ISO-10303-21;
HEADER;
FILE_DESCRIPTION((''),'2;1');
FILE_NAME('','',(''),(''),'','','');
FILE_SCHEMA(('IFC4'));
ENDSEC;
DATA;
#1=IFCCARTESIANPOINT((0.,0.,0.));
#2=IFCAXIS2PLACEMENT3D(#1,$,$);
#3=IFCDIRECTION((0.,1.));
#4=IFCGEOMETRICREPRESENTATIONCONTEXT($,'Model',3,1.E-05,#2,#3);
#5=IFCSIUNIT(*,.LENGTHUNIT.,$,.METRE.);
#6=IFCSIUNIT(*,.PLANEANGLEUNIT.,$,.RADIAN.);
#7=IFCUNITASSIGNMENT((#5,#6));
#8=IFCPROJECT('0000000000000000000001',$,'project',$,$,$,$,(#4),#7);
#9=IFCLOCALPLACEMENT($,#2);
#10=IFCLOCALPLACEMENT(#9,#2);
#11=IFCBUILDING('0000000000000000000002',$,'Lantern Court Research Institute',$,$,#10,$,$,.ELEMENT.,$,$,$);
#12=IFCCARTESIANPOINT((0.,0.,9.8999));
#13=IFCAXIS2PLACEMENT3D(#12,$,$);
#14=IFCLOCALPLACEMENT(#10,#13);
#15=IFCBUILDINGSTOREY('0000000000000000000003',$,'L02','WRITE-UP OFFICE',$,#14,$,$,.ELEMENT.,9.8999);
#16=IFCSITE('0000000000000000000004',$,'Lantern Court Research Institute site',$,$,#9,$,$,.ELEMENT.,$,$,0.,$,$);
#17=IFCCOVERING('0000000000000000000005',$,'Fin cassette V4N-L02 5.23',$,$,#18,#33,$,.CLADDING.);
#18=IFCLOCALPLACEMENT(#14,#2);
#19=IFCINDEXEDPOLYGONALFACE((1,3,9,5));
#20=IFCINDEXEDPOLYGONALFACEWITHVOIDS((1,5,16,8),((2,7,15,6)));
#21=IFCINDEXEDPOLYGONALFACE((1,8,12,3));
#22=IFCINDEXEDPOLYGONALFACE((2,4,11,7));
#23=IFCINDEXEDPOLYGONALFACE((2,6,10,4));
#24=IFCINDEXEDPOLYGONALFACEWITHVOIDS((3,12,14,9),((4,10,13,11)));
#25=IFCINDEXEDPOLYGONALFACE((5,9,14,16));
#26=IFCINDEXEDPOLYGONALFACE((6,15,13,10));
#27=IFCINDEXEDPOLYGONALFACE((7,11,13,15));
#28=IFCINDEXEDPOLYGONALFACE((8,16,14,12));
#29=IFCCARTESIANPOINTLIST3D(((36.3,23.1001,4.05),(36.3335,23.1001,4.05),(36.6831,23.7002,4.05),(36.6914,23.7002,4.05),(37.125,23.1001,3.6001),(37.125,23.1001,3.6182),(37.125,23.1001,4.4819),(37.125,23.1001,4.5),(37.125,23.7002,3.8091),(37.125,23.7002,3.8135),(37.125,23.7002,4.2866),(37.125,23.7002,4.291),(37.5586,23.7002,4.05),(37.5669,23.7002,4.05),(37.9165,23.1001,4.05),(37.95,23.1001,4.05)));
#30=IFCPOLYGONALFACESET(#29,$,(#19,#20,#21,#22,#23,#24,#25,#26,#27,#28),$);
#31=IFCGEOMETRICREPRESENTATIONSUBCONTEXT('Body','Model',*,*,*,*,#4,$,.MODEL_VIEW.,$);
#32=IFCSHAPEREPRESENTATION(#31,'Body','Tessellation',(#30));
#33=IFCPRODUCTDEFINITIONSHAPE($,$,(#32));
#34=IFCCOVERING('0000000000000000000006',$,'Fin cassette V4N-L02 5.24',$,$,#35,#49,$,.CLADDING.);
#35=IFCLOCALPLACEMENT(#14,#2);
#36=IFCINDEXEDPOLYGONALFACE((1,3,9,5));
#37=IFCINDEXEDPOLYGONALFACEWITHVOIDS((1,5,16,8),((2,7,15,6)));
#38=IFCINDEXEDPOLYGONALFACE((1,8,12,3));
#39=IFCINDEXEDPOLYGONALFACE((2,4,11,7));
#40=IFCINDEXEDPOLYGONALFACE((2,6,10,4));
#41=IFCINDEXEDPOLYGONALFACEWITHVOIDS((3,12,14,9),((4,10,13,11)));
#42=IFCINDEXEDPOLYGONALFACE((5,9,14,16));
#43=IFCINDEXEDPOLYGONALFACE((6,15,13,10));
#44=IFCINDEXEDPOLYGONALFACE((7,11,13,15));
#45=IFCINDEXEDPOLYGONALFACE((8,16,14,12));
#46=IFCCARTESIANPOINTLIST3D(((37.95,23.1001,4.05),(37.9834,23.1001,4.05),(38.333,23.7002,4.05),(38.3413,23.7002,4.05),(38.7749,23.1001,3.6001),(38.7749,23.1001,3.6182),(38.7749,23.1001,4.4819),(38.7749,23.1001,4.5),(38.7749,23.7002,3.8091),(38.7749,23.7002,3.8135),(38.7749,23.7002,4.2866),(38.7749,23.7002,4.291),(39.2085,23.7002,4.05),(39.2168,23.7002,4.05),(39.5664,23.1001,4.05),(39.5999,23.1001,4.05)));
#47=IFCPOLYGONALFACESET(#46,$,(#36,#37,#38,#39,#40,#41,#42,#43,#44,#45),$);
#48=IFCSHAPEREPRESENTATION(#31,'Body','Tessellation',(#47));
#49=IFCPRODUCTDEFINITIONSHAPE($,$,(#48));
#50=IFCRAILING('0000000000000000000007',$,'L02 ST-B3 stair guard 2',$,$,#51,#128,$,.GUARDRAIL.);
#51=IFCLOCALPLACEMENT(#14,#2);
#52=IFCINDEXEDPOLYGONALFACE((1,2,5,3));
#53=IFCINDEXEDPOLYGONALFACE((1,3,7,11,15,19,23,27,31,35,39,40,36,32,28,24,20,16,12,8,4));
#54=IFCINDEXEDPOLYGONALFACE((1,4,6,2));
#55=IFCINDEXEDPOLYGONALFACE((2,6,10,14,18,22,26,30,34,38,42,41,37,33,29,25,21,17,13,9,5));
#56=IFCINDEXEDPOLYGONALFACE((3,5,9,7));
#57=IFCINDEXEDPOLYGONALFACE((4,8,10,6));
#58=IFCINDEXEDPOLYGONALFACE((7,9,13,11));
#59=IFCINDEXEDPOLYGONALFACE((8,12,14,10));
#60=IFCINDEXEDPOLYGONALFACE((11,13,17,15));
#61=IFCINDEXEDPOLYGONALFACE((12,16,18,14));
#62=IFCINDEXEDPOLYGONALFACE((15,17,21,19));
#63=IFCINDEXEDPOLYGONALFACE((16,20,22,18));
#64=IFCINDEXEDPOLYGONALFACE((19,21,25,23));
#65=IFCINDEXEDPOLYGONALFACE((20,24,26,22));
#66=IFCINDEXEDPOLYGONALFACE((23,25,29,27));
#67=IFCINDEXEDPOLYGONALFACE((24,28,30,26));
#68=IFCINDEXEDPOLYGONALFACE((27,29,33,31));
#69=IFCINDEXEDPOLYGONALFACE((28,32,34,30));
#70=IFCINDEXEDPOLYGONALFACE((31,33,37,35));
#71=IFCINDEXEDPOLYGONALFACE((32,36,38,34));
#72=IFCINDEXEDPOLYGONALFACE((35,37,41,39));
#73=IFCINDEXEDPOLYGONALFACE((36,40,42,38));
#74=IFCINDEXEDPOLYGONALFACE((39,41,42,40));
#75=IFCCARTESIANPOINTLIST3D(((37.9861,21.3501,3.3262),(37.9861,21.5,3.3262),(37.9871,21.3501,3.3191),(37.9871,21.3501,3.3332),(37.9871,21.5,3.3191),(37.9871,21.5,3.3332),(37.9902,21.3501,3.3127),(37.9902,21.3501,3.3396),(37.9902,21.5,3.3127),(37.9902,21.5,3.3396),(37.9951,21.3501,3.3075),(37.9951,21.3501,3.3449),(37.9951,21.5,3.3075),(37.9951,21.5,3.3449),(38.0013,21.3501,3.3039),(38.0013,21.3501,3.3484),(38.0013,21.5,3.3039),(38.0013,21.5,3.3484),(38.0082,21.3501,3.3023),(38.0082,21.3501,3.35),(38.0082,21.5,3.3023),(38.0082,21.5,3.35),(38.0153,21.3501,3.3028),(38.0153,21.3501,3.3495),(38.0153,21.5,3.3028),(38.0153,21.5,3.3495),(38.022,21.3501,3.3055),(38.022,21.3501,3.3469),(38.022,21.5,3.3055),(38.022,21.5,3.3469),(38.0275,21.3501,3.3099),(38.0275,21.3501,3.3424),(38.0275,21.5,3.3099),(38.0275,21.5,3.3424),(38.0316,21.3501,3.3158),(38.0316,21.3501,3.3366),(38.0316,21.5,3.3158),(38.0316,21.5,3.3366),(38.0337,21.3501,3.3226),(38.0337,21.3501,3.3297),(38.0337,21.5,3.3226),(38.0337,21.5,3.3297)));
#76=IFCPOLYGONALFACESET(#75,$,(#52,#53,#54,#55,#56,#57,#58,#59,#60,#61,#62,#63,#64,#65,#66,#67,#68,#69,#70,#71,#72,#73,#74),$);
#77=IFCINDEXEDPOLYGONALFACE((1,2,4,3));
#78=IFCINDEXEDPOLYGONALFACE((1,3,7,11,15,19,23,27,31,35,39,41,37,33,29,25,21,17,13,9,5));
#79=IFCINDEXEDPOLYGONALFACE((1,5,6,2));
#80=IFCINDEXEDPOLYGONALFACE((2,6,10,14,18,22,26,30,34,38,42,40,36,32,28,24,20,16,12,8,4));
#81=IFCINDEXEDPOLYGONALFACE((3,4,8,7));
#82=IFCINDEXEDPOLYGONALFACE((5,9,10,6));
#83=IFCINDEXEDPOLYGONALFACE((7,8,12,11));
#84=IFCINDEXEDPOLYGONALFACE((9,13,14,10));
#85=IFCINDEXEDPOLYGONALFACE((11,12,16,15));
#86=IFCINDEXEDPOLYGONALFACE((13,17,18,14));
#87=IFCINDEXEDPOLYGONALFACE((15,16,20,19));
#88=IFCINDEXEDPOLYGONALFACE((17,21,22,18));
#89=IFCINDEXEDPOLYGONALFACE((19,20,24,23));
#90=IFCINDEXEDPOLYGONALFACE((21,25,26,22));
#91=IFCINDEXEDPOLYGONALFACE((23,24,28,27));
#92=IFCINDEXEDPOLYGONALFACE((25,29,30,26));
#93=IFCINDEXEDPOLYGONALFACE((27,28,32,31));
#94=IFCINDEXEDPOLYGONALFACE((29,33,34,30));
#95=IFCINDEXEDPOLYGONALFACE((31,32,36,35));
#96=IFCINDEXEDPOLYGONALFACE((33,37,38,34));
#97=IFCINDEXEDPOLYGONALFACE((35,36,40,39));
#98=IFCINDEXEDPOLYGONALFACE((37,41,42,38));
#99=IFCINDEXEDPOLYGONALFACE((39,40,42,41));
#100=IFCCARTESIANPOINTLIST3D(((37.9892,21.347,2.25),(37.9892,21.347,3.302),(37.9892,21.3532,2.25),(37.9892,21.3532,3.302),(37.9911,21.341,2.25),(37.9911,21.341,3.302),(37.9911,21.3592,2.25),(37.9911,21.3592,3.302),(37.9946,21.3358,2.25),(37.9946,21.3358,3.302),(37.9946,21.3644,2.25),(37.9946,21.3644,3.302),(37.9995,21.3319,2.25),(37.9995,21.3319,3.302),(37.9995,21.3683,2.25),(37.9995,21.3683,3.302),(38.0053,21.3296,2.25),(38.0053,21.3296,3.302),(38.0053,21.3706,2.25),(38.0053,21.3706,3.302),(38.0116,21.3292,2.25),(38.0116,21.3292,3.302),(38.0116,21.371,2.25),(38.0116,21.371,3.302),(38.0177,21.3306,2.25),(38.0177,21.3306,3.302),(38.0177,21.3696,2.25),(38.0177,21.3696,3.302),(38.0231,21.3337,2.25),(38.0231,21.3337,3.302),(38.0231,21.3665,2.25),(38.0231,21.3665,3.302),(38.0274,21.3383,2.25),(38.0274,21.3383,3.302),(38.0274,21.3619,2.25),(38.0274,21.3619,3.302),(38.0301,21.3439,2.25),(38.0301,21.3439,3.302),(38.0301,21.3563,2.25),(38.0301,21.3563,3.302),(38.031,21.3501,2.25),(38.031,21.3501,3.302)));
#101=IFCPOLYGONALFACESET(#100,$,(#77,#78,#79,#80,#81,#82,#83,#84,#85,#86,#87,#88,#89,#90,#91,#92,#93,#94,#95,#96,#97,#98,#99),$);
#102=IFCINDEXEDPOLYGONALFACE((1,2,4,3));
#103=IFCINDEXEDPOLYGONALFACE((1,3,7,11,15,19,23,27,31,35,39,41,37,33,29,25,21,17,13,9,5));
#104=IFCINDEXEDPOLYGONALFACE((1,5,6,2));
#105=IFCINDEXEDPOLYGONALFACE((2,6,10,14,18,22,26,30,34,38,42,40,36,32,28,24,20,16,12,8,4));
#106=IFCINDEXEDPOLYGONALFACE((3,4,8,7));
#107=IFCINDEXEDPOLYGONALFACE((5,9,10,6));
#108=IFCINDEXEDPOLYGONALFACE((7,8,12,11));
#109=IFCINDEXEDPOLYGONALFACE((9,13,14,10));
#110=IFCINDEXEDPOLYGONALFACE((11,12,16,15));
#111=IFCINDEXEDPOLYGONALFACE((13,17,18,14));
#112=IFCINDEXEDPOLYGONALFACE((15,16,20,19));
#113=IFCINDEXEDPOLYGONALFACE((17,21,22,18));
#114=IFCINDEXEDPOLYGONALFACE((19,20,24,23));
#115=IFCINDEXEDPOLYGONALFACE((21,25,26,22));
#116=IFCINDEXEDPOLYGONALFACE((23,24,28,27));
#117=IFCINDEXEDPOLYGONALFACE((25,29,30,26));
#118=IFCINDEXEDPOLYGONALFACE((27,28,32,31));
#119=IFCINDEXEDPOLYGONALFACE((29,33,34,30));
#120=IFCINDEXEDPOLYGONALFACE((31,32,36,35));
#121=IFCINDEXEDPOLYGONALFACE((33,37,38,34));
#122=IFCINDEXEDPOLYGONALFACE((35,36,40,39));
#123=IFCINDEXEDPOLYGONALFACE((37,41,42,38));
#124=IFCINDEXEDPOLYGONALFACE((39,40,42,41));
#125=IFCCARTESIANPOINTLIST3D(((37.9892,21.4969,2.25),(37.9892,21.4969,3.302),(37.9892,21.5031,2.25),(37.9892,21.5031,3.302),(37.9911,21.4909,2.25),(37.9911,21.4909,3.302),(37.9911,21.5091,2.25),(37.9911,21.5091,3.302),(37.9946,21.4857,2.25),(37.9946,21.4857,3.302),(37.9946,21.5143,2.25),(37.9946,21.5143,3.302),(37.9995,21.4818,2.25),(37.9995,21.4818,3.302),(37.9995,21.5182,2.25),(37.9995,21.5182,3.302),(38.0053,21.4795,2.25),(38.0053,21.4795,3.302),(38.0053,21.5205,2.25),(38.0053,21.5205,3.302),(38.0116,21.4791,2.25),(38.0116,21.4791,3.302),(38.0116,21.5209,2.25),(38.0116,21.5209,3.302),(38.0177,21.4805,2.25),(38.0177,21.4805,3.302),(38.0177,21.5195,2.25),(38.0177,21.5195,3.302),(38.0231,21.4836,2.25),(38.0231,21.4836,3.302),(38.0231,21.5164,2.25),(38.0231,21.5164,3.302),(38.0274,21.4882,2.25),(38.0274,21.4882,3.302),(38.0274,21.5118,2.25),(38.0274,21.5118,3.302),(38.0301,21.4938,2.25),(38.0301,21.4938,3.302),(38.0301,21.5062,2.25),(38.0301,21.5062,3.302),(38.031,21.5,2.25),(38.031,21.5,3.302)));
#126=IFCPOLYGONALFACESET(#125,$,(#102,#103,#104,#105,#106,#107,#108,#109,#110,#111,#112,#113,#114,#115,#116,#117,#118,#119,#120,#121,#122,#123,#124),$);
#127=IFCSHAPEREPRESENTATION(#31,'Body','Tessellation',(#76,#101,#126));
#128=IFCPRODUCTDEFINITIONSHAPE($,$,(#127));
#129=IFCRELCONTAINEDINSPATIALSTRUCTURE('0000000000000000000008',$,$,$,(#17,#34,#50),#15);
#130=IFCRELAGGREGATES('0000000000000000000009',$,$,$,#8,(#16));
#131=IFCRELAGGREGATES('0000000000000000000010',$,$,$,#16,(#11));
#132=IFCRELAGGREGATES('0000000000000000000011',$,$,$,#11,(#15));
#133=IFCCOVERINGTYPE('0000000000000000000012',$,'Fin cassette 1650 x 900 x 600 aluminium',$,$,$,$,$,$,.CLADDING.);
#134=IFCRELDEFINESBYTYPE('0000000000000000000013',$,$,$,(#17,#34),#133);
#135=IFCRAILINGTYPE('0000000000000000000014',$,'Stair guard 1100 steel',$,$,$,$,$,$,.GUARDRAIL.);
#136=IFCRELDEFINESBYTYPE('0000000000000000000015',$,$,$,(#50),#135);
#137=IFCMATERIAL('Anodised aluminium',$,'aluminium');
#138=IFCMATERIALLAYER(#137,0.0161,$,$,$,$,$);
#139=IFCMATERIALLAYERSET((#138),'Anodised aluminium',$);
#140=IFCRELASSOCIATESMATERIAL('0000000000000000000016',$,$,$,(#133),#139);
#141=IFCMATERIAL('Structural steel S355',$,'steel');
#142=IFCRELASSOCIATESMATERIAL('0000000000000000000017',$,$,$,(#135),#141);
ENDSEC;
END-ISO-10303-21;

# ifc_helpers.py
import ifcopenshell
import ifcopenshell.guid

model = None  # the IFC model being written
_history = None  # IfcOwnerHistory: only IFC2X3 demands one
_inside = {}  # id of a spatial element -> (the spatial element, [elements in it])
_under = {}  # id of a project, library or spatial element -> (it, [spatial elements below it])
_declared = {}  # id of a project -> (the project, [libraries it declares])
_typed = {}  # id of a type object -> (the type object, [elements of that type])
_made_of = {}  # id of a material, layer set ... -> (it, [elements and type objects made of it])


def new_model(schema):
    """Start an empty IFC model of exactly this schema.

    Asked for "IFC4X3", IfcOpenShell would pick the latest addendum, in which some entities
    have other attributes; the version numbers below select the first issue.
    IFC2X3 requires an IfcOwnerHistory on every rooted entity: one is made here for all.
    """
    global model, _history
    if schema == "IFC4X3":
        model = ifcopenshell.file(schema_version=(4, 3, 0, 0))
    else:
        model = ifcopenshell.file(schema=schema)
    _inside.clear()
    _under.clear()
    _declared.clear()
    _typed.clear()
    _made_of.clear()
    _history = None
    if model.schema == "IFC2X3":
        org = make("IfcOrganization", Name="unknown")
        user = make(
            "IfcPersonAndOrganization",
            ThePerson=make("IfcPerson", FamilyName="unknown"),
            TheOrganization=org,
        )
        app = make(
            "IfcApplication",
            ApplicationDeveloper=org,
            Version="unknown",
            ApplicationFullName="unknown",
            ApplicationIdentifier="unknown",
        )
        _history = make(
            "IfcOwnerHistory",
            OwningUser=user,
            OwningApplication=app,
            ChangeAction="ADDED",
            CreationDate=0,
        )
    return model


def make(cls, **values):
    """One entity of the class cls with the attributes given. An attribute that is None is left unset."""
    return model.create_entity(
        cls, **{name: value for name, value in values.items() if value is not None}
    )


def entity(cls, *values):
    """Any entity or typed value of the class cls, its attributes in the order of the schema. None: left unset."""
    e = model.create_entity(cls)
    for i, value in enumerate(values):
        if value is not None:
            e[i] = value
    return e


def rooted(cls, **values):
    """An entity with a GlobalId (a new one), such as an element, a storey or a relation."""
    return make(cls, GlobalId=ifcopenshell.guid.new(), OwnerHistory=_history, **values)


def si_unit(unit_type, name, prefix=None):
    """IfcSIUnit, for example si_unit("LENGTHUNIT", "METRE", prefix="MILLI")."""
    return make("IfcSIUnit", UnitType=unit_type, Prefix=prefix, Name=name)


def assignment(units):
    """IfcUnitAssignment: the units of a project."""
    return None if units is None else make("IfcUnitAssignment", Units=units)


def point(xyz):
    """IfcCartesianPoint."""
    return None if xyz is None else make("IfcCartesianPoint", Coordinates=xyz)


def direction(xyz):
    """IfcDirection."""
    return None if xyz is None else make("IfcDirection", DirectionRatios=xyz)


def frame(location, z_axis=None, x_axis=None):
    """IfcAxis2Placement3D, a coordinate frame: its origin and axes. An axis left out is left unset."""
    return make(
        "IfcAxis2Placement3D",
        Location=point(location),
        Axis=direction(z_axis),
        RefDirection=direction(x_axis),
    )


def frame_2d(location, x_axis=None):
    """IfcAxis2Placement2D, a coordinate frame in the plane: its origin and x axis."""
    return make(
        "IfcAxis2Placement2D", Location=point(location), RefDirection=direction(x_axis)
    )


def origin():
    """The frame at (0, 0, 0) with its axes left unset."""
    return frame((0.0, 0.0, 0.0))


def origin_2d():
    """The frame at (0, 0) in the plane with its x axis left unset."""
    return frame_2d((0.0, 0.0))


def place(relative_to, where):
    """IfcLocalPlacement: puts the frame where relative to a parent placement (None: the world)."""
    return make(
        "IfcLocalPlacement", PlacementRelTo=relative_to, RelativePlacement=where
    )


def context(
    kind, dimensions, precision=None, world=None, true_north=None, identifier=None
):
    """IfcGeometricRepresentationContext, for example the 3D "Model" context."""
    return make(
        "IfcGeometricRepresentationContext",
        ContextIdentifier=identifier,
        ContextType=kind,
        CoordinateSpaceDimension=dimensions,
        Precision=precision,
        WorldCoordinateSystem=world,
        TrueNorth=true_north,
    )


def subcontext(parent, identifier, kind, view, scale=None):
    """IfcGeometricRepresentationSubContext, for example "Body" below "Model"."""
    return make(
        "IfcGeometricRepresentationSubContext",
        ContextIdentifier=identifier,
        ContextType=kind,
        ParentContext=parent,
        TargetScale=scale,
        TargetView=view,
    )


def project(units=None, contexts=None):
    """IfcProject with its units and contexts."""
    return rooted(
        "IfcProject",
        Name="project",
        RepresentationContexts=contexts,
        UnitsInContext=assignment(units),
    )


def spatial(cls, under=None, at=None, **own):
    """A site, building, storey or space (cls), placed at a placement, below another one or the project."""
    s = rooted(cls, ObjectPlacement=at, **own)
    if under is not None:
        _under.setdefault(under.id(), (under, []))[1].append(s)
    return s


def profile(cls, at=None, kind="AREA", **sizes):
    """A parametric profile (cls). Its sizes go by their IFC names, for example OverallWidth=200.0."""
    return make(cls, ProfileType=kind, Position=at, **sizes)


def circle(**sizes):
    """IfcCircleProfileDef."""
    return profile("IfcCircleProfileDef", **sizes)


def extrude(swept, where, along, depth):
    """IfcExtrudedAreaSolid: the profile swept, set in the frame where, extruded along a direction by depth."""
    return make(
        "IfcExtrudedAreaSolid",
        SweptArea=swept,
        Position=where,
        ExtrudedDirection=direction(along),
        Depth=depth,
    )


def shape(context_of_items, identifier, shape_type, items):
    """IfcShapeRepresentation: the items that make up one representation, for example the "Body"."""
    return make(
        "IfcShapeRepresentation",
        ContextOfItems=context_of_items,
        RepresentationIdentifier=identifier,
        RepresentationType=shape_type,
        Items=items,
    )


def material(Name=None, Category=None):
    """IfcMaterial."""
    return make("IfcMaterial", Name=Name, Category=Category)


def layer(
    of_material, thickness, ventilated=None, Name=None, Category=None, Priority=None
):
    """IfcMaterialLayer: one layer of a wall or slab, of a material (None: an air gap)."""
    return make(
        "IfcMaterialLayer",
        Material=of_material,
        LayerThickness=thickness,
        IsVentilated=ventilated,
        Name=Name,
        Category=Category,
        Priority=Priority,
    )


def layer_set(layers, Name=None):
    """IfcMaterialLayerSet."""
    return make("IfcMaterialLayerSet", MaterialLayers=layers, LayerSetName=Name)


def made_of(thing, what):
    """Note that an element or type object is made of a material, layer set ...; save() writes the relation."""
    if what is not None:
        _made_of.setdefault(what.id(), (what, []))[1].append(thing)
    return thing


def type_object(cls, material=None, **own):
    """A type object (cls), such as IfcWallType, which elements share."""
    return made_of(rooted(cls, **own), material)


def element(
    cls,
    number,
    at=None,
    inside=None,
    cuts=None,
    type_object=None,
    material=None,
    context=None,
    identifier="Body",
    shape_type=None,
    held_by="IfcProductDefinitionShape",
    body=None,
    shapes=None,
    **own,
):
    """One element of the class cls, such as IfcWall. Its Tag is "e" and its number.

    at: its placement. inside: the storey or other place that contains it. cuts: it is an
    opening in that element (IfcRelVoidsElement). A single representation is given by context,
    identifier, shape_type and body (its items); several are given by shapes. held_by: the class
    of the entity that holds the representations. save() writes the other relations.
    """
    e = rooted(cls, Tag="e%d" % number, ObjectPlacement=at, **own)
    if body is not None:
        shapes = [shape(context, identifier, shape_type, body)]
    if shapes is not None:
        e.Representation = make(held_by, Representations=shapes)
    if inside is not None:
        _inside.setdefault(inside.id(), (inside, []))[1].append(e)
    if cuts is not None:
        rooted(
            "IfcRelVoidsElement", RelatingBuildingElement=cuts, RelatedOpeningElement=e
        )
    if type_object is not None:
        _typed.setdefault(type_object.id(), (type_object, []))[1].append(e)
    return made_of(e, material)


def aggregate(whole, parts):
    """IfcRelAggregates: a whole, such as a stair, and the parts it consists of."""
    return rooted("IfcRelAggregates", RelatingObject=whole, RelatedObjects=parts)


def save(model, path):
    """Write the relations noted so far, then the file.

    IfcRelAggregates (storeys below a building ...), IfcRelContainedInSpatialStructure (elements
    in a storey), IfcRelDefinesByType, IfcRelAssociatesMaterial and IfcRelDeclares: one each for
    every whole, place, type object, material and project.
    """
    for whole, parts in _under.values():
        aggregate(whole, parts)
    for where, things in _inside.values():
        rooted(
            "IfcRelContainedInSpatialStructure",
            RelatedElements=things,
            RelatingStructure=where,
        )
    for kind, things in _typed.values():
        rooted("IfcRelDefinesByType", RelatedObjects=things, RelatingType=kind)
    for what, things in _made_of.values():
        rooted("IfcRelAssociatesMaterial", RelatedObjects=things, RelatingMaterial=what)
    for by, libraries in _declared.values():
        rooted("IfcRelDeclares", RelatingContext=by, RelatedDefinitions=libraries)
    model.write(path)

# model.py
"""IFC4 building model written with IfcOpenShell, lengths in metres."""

from ifc_helpers import new_model, entity, si_unit, direction, frame, origin, origin_2d, place, context, subcontext, project, spatial, circle, extrude, material, layer, layer_set, type_object, element, save


model = new_model("IFC4")

# Units and contexts
model_context = context("Model", 3, precision=1e-05, world=origin(), true_north=direction((0.0, 1.0)))
body_context = subcontext(model_context, "Body", "Model", "MODEL_VIEW")
ifc_project = project(units=[si_unit("LENGTHUNIT", "METRE"), si_unit("PLANEANGLEUNIT", "RADIAN")], contexts=[model_context])

# Site, building, storey
site_placement = place(None, origin())
site = spatial("IfcSite", under=ifc_project, at=site_placement, Name="Lantern Court Research Institute site", CompositionType="ELEMENT", RefElevation=0.0)
building_placement = place(site_placement, origin())
building = spatial("IfcBuilding", under=site, at=building_placement, Name="Lantern Court Research Institute", CompositionType="ELEMENT")
storey_placement = place(building_placement, frame((0.0, 0.0, 9.8999)))
storey = spatial("IfcBuildingStorey", under=building, at=storey_placement, Name="L02", Description="WRITE-UP OFFICE", CompositionType="ELEMENT", Elevation=9.8999)

# Coverings
ifc_material_1 = material(Name="Anodised aluminium", Category="aluminium")
ifc_layer_1 = layer(ifc_material_1, 0.0161)
ifc_layer_set_1 = layer_set([ifc_layer_1], Name="Anodised aluminium")
covering_type = type_object("IfcCoveringType", Name="Fin cassette 1650 x 900 x 600 aluminium", PredefinedType="CLADDING", material=ifc_layer_set_1)
covering_1_placement = place(storey_placement, frame((37.125, 23.1001, 4.05), z_axis=(0.0, 1.0, 0.0), x_axis=(-1.0, 0.0, 0.0)))
cartesian_point_1 = entity("IfcCartesianPoint", [0.825, 0.0])
cartesian_point_2 = entity("IfcCartesianPoint", [0.7915, 0.0])
cartesian_point_3 = entity("IfcCartesianPoint", [0.4419, 0.0])
cartesian_point_4 = entity("IfcCartesianPoint", [0.4336, 0.0])
element("IfcCovering", 1, at=covering_1_placement, inside=storey, type_object=covering_type, Name="Fin cassette V4N-L02 5.23", PredefinedType="CLADDING", context=body_context, shape_type="SweptSolid", body=[
    entity("IfcExtrudedAreaSolidTapered", entity("IfcArbitraryProfileDefWithVoids", "AREA", None, entity("IfcPolyline", [cartesian_point_1, entity("IfcCartesianPoint", [0.0, 0.45]), entity("IfcCartesianPoint", [-0.825, 0.0]), entity("IfcCartesianPoint", [0.0, -0.45]), cartesian_point_1]), [entity("IfcPolyline", [cartesian_point_2, entity("IfcCartesianPoint", [0.0, 0.4319]), entity("IfcCartesianPoint", [-0.7915, 0.0]), entity("IfcCartesianPoint", [0.0, -0.4319]), cartesian_point_2])]), entity("IfcAxis2Placement3D", entity("IfcCartesianPoint", [0.0, 0.0, 0.0])), entity("IfcDirection", [0.0, 0.0, 1.0]), 0.6001, entity("IfcArbitraryProfileDefWithVoids", "AREA", None, entity("IfcPolyline", [cartesian_point_3, entity("IfcCartesianPoint", [0.0, 0.241]), entity("IfcCartesianPoint", [-0.4419, 0.0]), entity("IfcCartesianPoint", [0.0, -0.241]), cartesian_point_3]), [entity("IfcPolyline", [cartesian_point_4, entity("IfcCartesianPoint", [0.0, 0.2366]), entity("IfcCartesianPoint", [-0.4336, 0.0]), entity("IfcCartesianPoint", [0.0, -0.2366]), cartesian_point_4])])),
])
covering_2_placement = place(storey_placement, frame((38.7749, 23.1001, 4.05), z_axis=(0.0, 1.0, 0.0), x_axis=(-1.0, 0.0, 0.0)))
cartesian_point_5 = entity("IfcCartesianPoint", [0.825, 0.0])
cartesian_point_6 = entity("IfcCartesianPoint", [0.7915, 0.0])
cartesian_point_7 = entity("IfcCartesianPoint", [0.4419, 0.0])
cartesian_point_8 = entity("IfcCartesianPoint", [0.4336, 0.0])
element("IfcCovering", 2, at=covering_2_placement, inside=storey, type_object=covering_type, Name="Fin cassette V4N-L02 5.24", PredefinedType="CLADDING", context=body_context, shape_type="SweptSolid", body=[
    entity("IfcExtrudedAreaSolidTapered", entity("IfcArbitraryProfileDefWithVoids", "AREA", None, entity("IfcPolyline", [cartesian_point_5, entity("IfcCartesianPoint", [0.0, 0.45]), entity("IfcCartesianPoint", [-0.825, 0.0]), entity("IfcCartesianPoint", [0.0, -0.45]), cartesian_point_5]), [entity("IfcPolyline", [cartesian_point_6, entity("IfcCartesianPoint", [0.0, 0.4319]), entity("IfcCartesianPoint", [-0.7915, 0.0]), entity("IfcCartesianPoint", [0.0, -0.4319]), cartesian_point_6])]), entity("IfcAxis2Placement3D", entity("IfcCartesianPoint", [0.0, 0.0, 0.0])), entity("IfcDirection", [0.0, 0.0, 1.0]), 0.6001, entity("IfcArbitraryProfileDefWithVoids", "AREA", None, entity("IfcPolyline", [cartesian_point_7, entity("IfcCartesianPoint", [0.0, 0.241]), entity("IfcCartesianPoint", [-0.4419, 0.0]), entity("IfcCartesianPoint", [0.0, -0.241]), cartesian_point_7]), [entity("IfcPolyline", [cartesian_point_8, entity("IfcCartesianPoint", [0.0, 0.2366]), entity("IfcCartesianPoint", [-0.4336, 0.0]), entity("IfcCartesianPoint", [0.0, -0.2366]), cartesian_point_8])])),
])

# Railing
ifc_material_2 = material(Name="Structural steel S355", Category="steel")
railing_type_1 = type_object("IfcRailingType", Name="Stair guard 1100 steel", PredefinedType="GUARDRAIL", material=ifc_material_2)
railing_1_placement = place(storey_placement, frame((38.01, 21.3501, 2.25)))
element("IfcRailing", 3, at=railing_1_placement, inside=storey, type_object=railing_type_1, Name="L02 ST-B3 stair guard 2", PredefinedType="GUARDRAIL", context=body_context, shape_type="SweptSolid", body=[
    extrude(circle(Radius=0.0239, at=origin_2d()), frame((0.0, 0.0, 1.0762), z_axis=(0.0, 1.0, 0.0), x_axis=(-1.0, 0.0, 0.0)), (0.0, 0.0, 1.0), 0.1499),
    extrude(circle(Radius=0.021, at=origin_2d()), origin(), (0.0, 0.0, 1.0), 1.052),
    extrude(circle(Radius=0.021, at=origin_2d()), frame((0.0, 0.1499, 0.0)), (0.0, 0.0, 1.0), 1.052),
])

save(model, "model.ifc")
